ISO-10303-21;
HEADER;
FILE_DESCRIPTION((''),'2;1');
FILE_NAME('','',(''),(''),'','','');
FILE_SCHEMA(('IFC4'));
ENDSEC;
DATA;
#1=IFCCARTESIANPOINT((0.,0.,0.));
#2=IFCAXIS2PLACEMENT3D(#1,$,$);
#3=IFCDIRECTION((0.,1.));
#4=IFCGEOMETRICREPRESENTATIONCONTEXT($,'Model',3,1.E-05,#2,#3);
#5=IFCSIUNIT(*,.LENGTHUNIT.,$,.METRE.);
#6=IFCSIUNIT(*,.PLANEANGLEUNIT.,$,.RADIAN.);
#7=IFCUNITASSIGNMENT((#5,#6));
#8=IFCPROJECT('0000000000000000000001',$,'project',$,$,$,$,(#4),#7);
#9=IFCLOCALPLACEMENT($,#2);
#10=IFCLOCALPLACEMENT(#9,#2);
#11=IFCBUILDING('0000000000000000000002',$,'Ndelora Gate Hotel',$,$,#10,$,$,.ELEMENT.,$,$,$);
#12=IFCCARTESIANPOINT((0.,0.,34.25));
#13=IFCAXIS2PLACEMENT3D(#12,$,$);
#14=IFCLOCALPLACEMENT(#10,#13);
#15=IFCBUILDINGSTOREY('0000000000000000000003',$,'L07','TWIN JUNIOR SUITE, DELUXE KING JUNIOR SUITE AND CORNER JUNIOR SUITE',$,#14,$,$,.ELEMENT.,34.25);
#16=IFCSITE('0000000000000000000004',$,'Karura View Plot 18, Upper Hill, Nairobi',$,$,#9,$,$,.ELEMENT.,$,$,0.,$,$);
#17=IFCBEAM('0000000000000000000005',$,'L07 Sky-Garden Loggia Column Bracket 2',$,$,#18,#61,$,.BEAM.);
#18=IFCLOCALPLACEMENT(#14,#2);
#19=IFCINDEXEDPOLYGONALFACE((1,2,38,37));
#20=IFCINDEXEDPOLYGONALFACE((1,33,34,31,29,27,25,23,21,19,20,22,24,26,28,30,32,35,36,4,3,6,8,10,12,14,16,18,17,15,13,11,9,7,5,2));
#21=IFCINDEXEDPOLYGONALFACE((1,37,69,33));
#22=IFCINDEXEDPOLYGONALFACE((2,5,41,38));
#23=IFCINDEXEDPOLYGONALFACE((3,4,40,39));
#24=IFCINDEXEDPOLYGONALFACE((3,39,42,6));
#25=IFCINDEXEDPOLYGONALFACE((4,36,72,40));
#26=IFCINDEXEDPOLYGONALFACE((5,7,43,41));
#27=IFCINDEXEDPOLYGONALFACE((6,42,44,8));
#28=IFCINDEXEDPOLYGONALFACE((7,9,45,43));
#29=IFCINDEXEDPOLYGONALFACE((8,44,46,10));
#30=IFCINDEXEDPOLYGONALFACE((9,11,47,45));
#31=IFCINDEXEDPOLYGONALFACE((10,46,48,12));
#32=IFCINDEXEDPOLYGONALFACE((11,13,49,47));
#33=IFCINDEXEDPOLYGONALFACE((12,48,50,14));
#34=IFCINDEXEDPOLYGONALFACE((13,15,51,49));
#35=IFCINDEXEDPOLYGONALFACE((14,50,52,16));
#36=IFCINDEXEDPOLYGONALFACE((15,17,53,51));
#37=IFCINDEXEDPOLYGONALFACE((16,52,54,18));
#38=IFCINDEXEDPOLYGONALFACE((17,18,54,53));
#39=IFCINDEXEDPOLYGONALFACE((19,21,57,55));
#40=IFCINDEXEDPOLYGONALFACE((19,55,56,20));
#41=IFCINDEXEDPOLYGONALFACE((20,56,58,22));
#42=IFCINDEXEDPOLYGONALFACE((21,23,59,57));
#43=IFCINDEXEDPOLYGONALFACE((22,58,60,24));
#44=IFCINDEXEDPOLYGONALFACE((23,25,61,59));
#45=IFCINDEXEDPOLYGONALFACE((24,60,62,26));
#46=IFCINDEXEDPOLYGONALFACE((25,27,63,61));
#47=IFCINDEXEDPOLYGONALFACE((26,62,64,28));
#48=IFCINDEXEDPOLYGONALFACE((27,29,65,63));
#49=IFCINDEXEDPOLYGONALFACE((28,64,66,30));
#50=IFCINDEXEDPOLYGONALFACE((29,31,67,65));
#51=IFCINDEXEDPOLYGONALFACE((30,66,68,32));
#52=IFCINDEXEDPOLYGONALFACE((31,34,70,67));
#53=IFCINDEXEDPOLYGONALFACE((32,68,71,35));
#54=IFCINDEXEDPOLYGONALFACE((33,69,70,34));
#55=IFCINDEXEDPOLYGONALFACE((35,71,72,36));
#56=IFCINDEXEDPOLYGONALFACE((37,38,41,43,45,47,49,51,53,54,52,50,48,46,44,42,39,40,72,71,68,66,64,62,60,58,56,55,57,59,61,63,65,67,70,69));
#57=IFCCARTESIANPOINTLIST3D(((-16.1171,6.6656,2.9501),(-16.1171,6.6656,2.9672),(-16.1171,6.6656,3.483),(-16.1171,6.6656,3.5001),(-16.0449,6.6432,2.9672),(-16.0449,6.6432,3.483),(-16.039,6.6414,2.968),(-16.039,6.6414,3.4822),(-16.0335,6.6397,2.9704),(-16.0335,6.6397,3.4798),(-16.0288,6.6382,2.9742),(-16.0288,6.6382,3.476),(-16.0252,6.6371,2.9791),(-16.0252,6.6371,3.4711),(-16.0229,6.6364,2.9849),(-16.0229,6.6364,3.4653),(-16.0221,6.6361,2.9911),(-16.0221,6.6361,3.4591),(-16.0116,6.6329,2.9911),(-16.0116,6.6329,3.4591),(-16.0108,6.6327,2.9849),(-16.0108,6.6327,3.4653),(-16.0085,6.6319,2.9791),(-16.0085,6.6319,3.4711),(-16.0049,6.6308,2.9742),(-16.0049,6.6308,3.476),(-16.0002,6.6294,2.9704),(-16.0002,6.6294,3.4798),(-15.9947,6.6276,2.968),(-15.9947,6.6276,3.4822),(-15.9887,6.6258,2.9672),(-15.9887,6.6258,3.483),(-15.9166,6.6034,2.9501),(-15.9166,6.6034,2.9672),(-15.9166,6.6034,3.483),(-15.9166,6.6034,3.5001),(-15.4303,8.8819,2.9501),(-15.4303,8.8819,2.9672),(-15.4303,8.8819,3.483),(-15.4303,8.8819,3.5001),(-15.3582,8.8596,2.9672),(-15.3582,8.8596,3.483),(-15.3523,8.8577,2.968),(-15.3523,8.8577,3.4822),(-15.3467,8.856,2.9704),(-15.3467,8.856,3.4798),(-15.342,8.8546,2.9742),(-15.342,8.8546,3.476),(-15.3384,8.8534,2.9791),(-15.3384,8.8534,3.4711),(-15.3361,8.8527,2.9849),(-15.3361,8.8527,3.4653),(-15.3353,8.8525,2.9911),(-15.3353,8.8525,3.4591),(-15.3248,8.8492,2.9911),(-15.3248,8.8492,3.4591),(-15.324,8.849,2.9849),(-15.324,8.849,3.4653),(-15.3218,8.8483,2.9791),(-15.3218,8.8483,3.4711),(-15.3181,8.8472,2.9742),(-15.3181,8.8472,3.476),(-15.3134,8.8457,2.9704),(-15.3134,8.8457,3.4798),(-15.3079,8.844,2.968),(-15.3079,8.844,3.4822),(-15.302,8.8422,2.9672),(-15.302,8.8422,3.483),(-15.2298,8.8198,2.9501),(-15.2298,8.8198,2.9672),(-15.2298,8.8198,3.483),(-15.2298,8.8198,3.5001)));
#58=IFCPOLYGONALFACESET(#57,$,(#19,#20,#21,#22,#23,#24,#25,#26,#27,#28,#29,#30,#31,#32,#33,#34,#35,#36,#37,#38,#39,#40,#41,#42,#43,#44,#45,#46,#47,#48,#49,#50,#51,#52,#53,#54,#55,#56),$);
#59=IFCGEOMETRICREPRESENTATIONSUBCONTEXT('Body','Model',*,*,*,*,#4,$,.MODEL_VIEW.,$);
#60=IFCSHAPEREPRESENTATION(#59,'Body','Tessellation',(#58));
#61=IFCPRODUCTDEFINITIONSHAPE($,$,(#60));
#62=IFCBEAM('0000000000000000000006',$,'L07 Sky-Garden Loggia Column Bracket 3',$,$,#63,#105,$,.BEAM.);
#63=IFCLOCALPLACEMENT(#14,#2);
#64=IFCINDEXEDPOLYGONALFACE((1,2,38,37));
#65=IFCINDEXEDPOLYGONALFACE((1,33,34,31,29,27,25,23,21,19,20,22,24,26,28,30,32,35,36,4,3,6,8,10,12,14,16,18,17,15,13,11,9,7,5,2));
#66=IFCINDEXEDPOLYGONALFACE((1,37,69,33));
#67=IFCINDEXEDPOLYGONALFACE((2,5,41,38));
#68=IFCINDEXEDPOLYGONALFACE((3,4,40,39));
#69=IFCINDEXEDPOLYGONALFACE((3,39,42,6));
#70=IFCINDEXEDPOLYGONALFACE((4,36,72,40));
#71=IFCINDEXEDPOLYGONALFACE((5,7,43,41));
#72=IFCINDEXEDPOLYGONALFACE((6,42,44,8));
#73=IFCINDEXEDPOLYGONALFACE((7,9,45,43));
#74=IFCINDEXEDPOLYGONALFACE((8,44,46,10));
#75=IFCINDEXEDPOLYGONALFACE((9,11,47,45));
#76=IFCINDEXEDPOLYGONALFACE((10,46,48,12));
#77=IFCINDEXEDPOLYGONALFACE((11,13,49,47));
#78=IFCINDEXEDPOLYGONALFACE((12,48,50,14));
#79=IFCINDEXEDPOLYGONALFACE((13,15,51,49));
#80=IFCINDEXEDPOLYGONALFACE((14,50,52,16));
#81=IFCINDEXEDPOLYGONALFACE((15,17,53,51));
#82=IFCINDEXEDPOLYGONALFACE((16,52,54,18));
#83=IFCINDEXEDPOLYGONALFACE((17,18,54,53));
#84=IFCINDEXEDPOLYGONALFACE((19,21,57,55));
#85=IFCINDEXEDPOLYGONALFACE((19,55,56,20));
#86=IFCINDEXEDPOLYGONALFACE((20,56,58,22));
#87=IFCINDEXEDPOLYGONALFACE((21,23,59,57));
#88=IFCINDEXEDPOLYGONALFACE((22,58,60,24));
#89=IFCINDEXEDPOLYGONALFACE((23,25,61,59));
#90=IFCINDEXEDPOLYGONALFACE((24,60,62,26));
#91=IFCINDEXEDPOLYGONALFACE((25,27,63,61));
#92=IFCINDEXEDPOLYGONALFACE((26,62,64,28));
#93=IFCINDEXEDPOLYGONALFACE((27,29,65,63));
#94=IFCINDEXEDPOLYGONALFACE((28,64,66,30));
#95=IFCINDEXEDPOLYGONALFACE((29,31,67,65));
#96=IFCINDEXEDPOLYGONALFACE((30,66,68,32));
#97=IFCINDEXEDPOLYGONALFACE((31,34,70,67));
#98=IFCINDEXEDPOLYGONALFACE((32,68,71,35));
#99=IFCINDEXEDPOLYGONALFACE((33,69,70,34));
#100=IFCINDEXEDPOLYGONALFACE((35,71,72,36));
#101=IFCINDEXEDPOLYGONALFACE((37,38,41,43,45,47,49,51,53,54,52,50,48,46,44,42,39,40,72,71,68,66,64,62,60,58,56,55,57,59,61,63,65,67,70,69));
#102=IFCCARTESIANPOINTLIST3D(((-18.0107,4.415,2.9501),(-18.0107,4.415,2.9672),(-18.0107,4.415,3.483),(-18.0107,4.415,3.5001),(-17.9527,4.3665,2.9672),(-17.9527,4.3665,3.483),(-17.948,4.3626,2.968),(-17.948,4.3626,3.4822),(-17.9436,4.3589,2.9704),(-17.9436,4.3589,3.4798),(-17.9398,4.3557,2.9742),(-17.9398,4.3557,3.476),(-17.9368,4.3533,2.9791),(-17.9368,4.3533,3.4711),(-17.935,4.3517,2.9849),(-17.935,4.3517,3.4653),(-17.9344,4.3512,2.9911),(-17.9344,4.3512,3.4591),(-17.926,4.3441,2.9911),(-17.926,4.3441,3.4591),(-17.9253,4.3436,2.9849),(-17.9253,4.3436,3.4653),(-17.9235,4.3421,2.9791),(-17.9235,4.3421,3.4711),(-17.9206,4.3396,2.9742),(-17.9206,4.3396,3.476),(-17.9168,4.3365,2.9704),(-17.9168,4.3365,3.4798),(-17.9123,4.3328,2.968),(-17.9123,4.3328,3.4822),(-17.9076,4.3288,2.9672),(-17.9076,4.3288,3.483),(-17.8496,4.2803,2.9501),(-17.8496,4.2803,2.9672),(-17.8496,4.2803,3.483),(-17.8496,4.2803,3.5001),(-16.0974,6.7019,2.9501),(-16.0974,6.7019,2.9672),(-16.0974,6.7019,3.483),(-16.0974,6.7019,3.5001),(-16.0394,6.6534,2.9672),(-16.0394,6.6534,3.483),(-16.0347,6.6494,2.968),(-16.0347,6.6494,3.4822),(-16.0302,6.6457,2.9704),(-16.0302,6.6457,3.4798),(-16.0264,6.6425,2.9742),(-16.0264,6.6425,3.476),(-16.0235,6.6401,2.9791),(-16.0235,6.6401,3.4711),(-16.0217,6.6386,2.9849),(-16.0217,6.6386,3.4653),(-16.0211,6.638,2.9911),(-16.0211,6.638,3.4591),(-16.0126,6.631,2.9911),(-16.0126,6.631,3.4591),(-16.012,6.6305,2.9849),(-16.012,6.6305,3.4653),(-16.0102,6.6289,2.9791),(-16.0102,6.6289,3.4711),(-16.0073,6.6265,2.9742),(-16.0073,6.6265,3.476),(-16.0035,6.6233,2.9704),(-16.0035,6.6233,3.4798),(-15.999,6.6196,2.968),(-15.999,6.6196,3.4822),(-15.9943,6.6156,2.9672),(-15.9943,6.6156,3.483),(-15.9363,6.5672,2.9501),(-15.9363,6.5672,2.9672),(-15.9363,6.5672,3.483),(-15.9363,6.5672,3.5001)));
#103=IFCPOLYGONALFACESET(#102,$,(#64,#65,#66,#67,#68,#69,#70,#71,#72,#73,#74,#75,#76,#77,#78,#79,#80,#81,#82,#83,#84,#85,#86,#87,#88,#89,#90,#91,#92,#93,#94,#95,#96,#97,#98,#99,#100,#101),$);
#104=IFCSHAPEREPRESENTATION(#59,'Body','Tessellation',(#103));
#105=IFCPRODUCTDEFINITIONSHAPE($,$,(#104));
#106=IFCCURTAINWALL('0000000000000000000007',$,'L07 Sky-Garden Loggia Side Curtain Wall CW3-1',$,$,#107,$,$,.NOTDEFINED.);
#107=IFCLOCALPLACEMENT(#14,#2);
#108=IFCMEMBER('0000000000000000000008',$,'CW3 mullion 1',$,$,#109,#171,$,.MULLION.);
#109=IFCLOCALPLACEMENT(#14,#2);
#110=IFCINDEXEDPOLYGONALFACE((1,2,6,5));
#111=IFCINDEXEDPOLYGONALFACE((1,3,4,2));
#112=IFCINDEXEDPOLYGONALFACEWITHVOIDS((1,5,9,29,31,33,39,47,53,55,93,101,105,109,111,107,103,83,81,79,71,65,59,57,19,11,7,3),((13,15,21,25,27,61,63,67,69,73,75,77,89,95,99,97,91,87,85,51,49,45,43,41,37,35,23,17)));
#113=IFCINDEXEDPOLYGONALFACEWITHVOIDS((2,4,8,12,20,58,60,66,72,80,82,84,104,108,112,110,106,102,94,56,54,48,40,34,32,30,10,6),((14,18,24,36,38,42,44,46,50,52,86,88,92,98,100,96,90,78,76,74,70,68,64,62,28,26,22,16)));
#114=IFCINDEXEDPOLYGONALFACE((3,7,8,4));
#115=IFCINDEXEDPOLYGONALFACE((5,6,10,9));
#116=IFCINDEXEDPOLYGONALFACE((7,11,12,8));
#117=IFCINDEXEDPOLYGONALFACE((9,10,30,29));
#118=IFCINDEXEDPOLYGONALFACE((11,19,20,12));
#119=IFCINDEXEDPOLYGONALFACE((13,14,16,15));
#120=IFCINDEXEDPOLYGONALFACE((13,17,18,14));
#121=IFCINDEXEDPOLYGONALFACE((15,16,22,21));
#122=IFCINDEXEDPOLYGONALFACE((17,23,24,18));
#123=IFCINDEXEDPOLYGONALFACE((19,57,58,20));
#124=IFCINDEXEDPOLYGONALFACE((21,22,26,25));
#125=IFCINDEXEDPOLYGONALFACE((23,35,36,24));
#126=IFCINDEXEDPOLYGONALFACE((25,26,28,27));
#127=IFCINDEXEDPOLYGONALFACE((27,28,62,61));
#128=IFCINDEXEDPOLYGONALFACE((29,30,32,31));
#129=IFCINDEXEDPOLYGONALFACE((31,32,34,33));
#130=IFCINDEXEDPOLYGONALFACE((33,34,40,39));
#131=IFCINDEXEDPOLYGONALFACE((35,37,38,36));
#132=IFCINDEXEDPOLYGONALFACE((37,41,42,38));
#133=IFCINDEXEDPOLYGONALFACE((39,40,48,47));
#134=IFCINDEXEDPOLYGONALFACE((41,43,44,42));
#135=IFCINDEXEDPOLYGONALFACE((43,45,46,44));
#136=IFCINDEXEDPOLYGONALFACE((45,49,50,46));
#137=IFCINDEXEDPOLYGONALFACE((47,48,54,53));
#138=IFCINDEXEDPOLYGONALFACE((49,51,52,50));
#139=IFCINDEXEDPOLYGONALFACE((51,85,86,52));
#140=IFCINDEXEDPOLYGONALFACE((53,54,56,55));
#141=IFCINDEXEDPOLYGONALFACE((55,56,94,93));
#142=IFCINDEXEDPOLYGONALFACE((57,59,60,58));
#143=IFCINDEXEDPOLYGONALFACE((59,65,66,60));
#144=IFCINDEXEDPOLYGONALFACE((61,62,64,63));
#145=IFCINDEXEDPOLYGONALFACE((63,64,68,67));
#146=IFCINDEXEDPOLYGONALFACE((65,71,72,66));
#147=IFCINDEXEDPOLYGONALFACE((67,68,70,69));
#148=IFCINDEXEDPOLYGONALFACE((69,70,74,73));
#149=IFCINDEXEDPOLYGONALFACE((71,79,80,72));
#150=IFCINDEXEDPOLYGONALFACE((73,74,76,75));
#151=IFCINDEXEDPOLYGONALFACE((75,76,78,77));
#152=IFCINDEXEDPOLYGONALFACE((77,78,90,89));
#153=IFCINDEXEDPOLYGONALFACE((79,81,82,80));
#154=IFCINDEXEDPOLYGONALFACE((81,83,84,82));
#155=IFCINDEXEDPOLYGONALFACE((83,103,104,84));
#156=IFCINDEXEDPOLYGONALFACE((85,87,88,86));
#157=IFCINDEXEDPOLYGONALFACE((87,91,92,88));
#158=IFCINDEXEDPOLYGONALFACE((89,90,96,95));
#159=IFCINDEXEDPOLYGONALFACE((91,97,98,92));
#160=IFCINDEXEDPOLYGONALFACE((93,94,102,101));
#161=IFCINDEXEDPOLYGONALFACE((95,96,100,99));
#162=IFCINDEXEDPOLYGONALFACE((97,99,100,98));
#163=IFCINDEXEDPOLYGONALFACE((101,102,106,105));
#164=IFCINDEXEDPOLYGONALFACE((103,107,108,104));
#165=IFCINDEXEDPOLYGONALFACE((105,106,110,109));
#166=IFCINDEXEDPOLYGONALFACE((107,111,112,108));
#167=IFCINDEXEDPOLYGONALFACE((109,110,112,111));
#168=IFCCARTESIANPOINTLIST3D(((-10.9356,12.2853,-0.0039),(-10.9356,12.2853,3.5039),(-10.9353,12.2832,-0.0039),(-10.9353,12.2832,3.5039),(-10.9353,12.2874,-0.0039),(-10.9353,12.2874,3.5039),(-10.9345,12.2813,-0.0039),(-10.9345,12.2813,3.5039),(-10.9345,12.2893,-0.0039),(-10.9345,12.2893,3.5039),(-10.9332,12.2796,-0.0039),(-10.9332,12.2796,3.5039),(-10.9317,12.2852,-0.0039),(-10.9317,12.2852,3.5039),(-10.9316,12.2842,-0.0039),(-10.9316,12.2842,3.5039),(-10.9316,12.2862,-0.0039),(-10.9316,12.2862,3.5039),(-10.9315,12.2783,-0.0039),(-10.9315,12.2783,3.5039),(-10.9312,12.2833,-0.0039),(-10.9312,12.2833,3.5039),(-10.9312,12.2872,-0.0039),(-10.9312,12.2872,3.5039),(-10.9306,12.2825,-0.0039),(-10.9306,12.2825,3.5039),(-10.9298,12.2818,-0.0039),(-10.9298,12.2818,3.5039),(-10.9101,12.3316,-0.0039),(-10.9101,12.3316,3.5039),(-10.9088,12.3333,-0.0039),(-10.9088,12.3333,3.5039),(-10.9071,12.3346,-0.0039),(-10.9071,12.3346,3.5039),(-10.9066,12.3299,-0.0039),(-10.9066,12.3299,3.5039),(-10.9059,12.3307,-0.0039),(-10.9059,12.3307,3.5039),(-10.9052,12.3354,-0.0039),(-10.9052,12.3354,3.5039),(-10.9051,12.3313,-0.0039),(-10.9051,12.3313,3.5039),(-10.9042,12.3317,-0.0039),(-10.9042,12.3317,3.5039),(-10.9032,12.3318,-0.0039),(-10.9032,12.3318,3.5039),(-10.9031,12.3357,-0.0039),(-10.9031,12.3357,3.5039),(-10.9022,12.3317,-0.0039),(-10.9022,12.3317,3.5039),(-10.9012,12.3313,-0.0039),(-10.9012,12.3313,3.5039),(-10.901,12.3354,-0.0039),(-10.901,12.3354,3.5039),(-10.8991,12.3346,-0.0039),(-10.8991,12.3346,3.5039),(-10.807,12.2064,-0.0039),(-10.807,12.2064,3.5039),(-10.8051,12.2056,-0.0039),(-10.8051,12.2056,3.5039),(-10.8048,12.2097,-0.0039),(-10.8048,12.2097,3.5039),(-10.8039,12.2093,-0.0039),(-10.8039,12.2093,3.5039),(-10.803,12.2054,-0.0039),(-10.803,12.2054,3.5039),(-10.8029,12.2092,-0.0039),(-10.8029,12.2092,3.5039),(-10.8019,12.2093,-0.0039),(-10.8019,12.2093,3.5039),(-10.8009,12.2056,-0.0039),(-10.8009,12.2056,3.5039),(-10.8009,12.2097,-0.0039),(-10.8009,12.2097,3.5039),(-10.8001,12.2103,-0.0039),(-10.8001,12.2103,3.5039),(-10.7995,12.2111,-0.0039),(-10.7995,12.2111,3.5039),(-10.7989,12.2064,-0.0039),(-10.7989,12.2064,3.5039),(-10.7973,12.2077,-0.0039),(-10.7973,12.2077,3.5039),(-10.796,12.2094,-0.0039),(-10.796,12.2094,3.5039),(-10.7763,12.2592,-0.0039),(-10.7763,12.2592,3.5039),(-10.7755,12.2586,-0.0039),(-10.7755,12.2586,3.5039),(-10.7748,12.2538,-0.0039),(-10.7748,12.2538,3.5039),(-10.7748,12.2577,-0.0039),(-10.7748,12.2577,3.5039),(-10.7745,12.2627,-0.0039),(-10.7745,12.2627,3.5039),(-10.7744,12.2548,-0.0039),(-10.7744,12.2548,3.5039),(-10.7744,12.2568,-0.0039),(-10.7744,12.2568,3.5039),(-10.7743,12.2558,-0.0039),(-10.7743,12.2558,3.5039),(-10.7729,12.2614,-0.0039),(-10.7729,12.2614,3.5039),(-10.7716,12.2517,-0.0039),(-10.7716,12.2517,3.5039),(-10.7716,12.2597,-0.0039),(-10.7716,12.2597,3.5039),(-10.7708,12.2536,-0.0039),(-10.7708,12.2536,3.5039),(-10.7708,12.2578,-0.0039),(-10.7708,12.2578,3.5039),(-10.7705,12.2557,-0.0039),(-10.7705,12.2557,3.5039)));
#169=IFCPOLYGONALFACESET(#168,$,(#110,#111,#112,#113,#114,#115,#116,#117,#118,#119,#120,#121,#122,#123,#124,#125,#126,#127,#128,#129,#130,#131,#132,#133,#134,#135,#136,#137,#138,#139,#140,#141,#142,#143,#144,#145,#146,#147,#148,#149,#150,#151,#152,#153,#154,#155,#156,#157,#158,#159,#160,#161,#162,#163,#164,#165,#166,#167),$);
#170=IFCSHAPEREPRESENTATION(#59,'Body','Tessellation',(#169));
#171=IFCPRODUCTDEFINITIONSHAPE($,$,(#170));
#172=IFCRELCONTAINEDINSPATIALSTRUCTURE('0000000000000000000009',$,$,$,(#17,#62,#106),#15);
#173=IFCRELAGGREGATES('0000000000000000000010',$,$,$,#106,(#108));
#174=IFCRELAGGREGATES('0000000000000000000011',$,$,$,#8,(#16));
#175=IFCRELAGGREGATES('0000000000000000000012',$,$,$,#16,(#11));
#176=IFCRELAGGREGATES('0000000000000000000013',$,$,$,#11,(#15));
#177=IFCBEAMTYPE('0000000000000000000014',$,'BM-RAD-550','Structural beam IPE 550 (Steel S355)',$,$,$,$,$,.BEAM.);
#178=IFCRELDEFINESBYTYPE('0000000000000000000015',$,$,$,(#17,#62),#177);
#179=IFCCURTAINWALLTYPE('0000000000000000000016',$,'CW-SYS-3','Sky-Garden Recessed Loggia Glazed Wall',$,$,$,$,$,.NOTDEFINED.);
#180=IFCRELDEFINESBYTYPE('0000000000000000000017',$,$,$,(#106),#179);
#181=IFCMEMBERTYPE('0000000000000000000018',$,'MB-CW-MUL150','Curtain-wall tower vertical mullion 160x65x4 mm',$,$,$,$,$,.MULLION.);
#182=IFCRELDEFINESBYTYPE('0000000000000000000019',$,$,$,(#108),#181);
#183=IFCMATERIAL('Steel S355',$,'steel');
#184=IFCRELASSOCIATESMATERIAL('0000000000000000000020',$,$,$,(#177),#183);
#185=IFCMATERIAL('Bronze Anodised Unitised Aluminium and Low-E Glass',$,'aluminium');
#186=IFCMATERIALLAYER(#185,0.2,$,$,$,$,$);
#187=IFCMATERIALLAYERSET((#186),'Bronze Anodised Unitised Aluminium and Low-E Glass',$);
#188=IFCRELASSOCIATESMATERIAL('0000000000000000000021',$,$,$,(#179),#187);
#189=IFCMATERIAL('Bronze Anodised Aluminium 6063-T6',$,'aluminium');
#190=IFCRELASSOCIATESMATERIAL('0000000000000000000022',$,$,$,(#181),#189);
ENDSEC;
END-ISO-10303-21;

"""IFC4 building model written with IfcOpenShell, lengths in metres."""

from ifc_helpers import new_model, si_unit, direction, frame, origin, origin_2d, place, context, subcontext, project, spatial, hollow_rectangle, i_section, extrude, material, layer, layer_set, material_profile, profile_set, type_object, element, aggregate, save


model = new_model("IFC4")

# Units and contexts
model_context = context("Model", 3, precision=1e-05, world=origin(), true_north=direction((0.0, 1.0)))
body_context = subcontext(model_context, "Body", "Model", "MODEL_VIEW")
ifc_project = project(units=[si_unit("LENGTHUNIT", "METRE"), si_unit("PLANEANGLEUNIT", "RADIAN")], contexts=[model_context])

# Site, building, storey
site_placement = place(None, origin())
site = spatial("IfcSite", under=ifc_project, at=site_placement, Name="Karura View Plot 18, Upper Hill, Nairobi", CompositionType="ELEMENT", RefElevation=0.0)
building_placement = place(site_placement, origin())
building = spatial("IfcBuilding", under=site, at=building_placement, Name="Ndelora Gate Hotel", CompositionType="ELEMENT")
storey_placement = place(building_placement, frame((0.0, 0.0, 34.25)))
storey = spatial("IfcBuildingStorey", under=building, at=storey_placement, Name="L07", Description="TWIN JUNIOR SUITE, DELUXE KING JUNIOR SUITE AND CORNER JUNIOR SUITE", CompositionType="ELEMENT", Elevation=34.25)

# Beams
ifc_material_1 = material(Name="Steel S355", Category="steel")
ifc_material_profile_1 = material_profile(ifc_material_1, i_section(OverallWidth=0.21, OverallDepth=0.55, WebThickness=0.011, FlangeThickness=0.0171, FilletRadius=0.0239, at=origin_2d()), Name="IPE 550")
ifc_profile_set_1 = profile_set([ifc_material_profile_1], Name="Steel S355")
beam_type = type_object("IfcBeamType", Name="BM-RAD-550", Description="Structural beam IPE 550 (Steel S355)", PredefinedType="BEAM", material=ifc_profile_set_1)
beam_1_placement = place(storey_placement, frame((-16.0168, 6.6345, 3.2251), z_axis=(0.295985, 0.955192, 0.0), x_axis=(-0.955192, 0.295985, 0.0)))
element("IfcBeam", 1, at=beam_1_placement, inside=storey, type_object=beam_type, Name="L07 Sky-Garden Loggia Column Bracket 2", PredefinedType="BEAM", context=body_context, shape_type="SweptSolid", body=[
    extrude(i_section(OverallWidth=0.21, OverallDepth=0.55, WebThickness=0.011, FlangeThickness=0.0171, FilletRadius=0.0239, at=origin_2d()), origin(), (0.0, 0.0, 1.0), 2.3203),
])
beam_2_placement = place(storey_placement, frame((-16.0168, 6.6345, 3.2251), z_axis=(-0.641689, -0.766965, 0.0), x_axis=(0.766965, -0.641689, 0.0)))
element("IfcBeam", 2, at=beam_2_placement, inside=storey, type_object=beam_type, Name="L07 Sky-Garden Loggia Column Bracket 3", PredefinedType="BEAM", context=body_context, shape_type="SweptSolid", body=[
    extrude(i_section(OverallWidth=0.21, OverallDepth=0.55, WebThickness=0.011, FlangeThickness=0.0171, FilletRadius=0.0239, at=origin_2d()), origin(), (0.0, 0.0, 1.0), 2.9817),
])

# Curtain wall, member
ifc_material_2 = material(Name="Bronze Anodised Unitised Aluminium and Low-E Glass", Category="aluminium")
ifc_layer_1 = layer(ifc_material_2, 0.2)
ifc_layer_set_1 = layer_set([ifc_layer_1], Name="Bronze Anodised Unitised Aluminium and Low-E Glass")
curtain_wall_type = type_object("IfcCurtainWallType", Name="CW-SYS-3", Description="Sky-Garden Recessed Loggia Glazed Wall", PredefinedType="NOTDEFINED", material=ifc_layer_set_1)
curtain_wall_placement = place(storey_placement, origin())
curtain_wall = element("IfcCurtainWall", 3, at=curtain_wall_placement, inside=storey, type_object=curtain_wall_type, Name="L07 Sky-Garden Loggia Side Curtain Wall CW3-1", PredefinedType="NOTDEFINED")
ifc_material_3 = material(Name="Bronze Anodised Aluminium 6063-T6", Category="aluminium")
ifc_material_profile_2 = material_profile(ifc_material_3, hollow_rectangle(XDim=0.0649, YDim=0.1599, WallThickness=0.0039, InnerFilletRadius=0.0039, OuterFilletRadius=0.0081, at=origin_2d()), Name="ALU 160x65x4")
ifc_profile_set_2 = profile_set([ifc_material_profile_2], Name="Bronze Anodised Aluminium 6063-T6")
member_type_1 = type_object("IfcMemberType", Name="MB-CW-MUL150", Description="Curtain-wall tower vertical mullion 160x65x4 mm", PredefinedType="MULLION", material=ifc_profile_set_2)
member_1_placement = place(storey_placement, frame((-10.853, 12.2705, -0.0039), z_axis=(0.0, 0.0, 1.0), x_axis=(-0.499991, -0.86603, 0.0)))
member_1 = element("IfcMember", 4, at=member_1_placement, type_object=member_type_1, Name="CW3 mullion 1", PredefinedType="MULLION", context=body_context, shape_type="SweptSolid", body=[
    extrude(hollow_rectangle(XDim=0.0649, YDim=0.1599, WallThickness=0.0039, InnerFilletRadius=0.0039, OuterFilletRadius=0.0081, at=origin_2d()), origin(), (0.0, 0.0, 1.0), 3.5078),
])
aggregate(curtain_wall, [member_1])

save(model, "model.ifc")
